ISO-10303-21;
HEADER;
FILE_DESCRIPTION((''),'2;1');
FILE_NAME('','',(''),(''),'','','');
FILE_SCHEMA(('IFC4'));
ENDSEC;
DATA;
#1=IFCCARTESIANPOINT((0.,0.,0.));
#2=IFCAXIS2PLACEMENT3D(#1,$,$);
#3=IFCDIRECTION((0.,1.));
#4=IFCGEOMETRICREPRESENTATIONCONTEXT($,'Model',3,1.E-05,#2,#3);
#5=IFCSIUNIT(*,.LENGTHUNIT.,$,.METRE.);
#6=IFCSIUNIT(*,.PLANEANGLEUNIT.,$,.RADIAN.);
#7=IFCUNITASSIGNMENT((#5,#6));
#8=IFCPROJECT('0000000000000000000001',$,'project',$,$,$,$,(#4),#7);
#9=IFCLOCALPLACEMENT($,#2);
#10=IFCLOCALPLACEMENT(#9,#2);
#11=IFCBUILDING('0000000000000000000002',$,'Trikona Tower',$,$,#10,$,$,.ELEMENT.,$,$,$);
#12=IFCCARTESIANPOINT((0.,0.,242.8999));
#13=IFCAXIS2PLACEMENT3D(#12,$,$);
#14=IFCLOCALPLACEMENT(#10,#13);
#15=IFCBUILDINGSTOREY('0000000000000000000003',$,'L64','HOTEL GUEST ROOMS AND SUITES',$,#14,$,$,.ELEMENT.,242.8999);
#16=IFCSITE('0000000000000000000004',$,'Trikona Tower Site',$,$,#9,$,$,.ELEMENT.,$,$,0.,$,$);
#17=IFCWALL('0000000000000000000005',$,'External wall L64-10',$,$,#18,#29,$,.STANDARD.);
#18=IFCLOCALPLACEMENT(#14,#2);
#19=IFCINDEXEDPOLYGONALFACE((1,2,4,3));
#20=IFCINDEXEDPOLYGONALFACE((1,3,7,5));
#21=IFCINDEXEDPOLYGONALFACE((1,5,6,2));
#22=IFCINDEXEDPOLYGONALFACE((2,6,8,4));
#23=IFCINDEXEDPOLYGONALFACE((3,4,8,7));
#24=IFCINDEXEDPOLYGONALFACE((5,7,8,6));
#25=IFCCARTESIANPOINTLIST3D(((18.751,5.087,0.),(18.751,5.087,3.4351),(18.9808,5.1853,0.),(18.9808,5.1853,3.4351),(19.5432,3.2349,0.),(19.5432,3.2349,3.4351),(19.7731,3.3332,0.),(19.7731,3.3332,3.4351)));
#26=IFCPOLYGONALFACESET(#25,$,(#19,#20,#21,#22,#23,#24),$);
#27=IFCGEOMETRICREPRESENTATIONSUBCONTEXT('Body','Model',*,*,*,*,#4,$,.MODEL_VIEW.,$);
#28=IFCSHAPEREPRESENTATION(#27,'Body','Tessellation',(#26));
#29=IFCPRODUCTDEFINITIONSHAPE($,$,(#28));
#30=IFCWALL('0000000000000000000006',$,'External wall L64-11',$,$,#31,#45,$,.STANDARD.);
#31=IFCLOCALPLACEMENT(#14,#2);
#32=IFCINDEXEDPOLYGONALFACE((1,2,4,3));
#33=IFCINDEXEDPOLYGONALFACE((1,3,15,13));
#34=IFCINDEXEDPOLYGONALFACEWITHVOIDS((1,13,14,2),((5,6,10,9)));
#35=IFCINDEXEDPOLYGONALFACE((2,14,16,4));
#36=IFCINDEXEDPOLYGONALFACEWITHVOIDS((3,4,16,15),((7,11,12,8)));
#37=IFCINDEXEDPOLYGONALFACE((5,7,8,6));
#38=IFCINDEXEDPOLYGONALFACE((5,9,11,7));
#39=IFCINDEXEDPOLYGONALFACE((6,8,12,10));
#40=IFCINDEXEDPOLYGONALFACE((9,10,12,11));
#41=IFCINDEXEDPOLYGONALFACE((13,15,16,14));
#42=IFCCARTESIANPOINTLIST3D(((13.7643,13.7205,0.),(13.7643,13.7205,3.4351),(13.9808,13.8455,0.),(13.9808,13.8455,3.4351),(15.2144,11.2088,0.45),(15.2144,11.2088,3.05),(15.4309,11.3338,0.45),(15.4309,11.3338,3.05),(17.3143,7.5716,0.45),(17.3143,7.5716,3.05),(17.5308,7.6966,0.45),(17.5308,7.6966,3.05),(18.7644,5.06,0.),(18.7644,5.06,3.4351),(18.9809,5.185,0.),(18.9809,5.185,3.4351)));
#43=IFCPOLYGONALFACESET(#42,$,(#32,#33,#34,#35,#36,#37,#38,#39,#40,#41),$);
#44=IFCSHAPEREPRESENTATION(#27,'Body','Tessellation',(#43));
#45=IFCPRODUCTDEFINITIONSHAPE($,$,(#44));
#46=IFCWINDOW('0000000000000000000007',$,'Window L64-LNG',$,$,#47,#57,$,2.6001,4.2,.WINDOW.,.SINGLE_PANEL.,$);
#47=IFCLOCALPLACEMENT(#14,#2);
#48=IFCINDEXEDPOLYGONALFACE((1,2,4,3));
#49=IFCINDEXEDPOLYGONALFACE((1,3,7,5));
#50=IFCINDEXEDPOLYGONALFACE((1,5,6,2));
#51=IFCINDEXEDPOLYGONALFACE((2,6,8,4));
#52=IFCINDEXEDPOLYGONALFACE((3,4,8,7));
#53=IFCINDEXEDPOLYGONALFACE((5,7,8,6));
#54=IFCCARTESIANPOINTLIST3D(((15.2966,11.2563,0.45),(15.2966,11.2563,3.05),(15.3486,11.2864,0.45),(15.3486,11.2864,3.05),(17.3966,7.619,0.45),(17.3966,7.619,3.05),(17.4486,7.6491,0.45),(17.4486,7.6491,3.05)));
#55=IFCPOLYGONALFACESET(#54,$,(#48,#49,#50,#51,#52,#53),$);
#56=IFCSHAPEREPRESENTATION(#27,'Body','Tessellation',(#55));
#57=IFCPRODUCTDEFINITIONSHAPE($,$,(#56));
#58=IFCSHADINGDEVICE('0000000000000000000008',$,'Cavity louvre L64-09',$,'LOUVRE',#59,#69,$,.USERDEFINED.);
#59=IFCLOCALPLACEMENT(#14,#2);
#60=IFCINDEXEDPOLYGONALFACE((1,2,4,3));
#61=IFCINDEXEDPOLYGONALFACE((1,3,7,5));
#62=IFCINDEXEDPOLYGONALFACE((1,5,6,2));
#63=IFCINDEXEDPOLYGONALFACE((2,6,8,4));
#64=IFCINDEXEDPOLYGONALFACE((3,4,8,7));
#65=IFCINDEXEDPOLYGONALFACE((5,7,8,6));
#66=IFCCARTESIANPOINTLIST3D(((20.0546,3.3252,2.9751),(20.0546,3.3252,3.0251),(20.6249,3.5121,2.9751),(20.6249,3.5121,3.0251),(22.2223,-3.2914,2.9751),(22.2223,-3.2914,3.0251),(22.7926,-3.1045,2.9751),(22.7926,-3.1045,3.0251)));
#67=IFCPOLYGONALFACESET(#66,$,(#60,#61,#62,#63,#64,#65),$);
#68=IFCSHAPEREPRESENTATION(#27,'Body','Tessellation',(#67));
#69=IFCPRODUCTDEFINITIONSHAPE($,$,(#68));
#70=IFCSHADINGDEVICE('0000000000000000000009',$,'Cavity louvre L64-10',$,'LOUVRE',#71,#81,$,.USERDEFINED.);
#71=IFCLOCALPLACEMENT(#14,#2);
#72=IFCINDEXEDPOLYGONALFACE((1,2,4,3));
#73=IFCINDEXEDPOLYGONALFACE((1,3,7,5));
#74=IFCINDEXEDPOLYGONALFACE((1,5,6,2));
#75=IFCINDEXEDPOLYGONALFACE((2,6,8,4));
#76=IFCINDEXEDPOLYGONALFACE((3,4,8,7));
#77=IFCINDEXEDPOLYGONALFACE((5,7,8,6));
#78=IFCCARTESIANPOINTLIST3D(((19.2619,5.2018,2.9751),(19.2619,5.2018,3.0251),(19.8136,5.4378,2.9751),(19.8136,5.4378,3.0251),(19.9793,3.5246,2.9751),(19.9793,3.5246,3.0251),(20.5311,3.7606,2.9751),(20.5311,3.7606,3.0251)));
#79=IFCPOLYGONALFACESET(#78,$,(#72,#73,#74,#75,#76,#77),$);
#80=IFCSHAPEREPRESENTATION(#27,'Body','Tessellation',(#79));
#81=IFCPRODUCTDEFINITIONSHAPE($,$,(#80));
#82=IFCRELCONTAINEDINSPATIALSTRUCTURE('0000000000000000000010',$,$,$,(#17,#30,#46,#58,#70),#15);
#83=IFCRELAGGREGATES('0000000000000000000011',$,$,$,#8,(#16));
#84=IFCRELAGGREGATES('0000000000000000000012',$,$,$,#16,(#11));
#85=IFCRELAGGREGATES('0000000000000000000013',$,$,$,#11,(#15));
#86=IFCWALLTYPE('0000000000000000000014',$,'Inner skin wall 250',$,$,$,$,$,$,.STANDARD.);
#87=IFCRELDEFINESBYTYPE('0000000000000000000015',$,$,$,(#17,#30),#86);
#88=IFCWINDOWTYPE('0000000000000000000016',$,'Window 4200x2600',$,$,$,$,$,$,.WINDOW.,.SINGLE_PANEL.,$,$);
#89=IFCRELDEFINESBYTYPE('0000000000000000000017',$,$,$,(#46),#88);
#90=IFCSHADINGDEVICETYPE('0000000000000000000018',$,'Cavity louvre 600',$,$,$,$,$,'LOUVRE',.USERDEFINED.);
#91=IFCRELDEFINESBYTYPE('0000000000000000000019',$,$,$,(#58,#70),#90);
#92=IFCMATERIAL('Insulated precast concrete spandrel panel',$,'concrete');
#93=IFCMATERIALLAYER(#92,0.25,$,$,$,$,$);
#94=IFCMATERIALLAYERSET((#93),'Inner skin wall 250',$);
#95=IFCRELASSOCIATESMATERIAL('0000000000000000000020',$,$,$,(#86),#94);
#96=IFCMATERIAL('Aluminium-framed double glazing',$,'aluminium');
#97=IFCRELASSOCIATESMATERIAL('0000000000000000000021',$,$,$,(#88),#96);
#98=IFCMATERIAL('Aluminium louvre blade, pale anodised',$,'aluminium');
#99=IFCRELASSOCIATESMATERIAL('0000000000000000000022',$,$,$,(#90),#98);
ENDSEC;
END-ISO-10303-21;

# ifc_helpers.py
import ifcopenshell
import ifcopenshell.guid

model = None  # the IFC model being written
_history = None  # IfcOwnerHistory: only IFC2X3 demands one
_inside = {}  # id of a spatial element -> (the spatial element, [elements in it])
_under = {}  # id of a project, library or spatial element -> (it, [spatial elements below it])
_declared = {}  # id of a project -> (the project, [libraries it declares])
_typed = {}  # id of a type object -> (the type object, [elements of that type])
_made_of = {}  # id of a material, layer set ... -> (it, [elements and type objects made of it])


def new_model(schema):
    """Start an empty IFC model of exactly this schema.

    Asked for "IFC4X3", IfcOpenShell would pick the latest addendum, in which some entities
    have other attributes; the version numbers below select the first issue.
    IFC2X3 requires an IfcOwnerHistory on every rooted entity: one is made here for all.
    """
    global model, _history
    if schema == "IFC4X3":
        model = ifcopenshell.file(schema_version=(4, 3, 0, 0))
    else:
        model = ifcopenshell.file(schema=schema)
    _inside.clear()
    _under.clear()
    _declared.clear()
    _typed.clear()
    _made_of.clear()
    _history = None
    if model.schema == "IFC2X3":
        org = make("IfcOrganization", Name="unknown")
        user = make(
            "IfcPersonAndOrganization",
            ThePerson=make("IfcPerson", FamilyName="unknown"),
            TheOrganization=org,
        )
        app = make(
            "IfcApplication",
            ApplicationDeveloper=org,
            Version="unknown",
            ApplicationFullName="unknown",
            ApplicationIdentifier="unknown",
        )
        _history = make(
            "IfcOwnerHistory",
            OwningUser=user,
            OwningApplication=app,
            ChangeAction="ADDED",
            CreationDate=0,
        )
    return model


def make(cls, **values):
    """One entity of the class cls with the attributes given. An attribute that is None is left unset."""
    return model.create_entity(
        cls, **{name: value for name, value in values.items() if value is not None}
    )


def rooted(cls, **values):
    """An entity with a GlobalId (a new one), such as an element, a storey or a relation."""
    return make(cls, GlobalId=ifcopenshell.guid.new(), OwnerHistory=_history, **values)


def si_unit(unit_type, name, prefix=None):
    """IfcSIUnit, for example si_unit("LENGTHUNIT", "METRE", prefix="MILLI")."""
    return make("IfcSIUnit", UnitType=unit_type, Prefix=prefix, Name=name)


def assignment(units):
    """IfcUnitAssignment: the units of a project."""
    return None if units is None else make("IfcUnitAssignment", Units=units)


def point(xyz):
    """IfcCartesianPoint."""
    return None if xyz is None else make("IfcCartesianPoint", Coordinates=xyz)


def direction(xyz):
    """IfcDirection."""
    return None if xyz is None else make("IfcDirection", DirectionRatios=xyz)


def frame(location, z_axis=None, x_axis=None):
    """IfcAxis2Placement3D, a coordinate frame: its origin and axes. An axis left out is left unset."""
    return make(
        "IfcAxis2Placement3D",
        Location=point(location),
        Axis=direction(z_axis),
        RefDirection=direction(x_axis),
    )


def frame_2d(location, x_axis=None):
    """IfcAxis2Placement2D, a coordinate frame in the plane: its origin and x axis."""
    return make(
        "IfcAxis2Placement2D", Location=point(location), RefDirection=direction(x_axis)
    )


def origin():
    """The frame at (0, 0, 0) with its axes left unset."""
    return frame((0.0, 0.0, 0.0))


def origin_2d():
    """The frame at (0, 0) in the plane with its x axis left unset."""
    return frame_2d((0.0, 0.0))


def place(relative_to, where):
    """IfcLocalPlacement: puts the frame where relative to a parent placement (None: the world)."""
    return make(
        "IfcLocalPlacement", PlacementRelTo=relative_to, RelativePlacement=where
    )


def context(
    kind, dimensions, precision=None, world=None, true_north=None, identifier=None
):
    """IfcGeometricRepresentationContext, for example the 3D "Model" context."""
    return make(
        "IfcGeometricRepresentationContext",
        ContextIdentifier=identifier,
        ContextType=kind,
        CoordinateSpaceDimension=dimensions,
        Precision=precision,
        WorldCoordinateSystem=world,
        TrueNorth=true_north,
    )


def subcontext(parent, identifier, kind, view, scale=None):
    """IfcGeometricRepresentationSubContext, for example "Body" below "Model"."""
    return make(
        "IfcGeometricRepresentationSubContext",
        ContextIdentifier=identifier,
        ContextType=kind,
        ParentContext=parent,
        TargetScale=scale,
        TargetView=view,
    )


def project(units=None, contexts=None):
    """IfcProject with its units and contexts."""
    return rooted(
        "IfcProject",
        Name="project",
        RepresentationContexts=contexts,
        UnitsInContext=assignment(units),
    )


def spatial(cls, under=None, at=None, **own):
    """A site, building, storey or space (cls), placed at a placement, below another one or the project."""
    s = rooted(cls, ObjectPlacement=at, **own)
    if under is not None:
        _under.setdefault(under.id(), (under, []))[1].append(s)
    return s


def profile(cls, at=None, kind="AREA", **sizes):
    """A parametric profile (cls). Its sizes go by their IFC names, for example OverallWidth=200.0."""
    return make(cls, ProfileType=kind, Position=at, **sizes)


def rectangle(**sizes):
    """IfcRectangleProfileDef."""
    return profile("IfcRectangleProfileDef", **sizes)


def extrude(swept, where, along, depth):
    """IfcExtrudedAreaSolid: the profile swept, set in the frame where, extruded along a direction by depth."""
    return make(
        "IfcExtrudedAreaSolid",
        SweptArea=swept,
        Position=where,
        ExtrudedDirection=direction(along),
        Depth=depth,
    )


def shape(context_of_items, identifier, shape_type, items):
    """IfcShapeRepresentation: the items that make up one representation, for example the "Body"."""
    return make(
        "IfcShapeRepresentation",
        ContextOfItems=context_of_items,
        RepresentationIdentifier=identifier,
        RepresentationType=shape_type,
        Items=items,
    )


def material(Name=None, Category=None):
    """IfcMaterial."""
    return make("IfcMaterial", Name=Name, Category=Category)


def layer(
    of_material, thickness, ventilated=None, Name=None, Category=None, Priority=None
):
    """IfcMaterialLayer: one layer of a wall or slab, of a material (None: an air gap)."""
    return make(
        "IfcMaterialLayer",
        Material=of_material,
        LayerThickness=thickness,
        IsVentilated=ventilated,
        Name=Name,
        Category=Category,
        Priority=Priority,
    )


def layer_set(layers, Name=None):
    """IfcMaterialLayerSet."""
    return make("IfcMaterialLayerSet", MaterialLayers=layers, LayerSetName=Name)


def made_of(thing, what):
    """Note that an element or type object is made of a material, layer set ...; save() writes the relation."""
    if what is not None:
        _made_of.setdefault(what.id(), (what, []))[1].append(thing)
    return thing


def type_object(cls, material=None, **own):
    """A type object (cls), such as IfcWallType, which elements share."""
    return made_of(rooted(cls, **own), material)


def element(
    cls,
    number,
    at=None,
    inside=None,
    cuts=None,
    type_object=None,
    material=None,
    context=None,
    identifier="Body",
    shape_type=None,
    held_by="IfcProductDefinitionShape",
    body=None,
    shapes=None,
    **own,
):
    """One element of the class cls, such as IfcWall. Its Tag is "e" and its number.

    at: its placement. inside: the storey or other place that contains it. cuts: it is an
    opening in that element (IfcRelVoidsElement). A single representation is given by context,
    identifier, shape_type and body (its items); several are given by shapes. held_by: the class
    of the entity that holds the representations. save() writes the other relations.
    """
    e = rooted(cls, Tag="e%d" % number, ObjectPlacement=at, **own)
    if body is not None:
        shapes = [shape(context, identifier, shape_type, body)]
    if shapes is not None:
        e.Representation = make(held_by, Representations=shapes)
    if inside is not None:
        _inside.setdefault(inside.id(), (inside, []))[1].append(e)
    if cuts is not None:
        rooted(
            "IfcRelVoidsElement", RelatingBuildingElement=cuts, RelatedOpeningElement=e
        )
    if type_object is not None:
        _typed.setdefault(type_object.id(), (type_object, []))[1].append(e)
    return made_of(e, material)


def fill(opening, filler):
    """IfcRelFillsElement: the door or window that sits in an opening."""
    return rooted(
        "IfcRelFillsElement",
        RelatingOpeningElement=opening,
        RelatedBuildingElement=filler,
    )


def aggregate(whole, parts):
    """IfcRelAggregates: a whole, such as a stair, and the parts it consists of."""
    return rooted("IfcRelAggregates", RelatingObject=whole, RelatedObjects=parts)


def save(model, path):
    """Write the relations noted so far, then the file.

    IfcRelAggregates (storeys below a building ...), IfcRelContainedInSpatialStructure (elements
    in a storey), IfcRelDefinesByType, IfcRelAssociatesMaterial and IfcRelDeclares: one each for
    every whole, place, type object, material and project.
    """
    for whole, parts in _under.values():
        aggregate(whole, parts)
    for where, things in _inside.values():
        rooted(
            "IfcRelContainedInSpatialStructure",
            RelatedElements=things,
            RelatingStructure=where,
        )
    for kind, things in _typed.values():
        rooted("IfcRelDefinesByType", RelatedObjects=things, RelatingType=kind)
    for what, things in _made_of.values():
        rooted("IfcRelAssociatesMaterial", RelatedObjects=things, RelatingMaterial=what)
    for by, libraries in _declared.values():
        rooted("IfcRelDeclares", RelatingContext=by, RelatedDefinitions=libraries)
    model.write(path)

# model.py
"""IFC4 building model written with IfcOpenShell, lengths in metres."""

from ifc_helpers import new_model, si_unit, direction, frame, frame_2d, origin, origin_2d, place, context, subcontext, project, spatial, rectangle, extrude, material, layer, layer_set, type_object, element, fill, save


model = new_model("IFC4")

# Units and contexts
model_context = context("Model", 3, precision=1e-05, world=origin(), true_north=direction((0.0, 1.0)))
body_context = subcontext(model_context, "Body", "Model", "MODEL_VIEW")
ifc_project = project(units=[si_unit("LENGTHUNIT", "METRE"), si_unit("PLANEANGLEUNIT", "RADIAN")], contexts=[model_context])

# Site, building, storey
site_placement = place(None, origin())
site = spatial("IfcSite", under=ifc_project, at=site_placement, Name="Trikona Tower Site", CompositionType="ELEMENT", RefElevation=0.0)
building_placement = place(site_placement, origin())
building = spatial("IfcBuilding", under=site, at=building_placement, Name="Trikona Tower", CompositionType="ELEMENT")
storey_placement = place(building_placement, frame((0.0, 0.0, 242.8999)))
storey = spatial("IfcBuildingStorey", under=building, at=storey_placement, Name="L64", Description="HOTEL GUEST ROOMS AND SUITES", CompositionType="ELEMENT", Elevation=242.8999)

# Wall
ifc_material_1 = material(Name="Insulated precast concrete spandrel panel", Category="concrete")
ifc_layer_1 = layer(ifc_material_1, 0.25)
ifc_layer_set_1 = layer_set([ifc_layer_1], Name="Inner skin wall 250")
wall_type = type_object("IfcWallType", Name="Inner skin wall 250", PredefinedType="STANDARD", material=ifc_layer_set_1)
wall_1_placement = place(storey_placement, frame((19.6582, 3.2839, 0.0), z_axis=(0.0, 0.0, 1.0), x_axis=(-0.39329, 0.919414, 0.0)))
element("IfcWall", 1, at=wall_1_placement, inside=storey, type_object=wall_type, Name="External wall L64-10", PredefinedType="STANDARD", context=body_context, shape_type="SweptSolid", body=[
    extrude(rectangle(XDim=2.0144, YDim=0.25, at=frame_2d((1.0073, 0.0))), origin(), (0.0, 0.0, 1.0), 3.4351),
])

# Wall, opening, window
wall_2_placement = place(storey_placement, frame((18.8726, 5.1226, 0.0), z_axis=(0.0, 0.0, 1.0), x_axis=(-0.499994, 0.866029, 0.0)))
wall_2 = element("IfcWall", 2, at=wall_2_placement, inside=storey, type_object=wall_type, Name="External wall L64-11", PredefinedType="STANDARD", context=body_context, shape_type="SweptSolid", body=[
    extrude(rectangle(XDim=10.0002, YDim=0.25, at=frame_2d((5.0, 0.0))), origin(), (0.0, 0.0, 1.0), 3.4351),
])
opening_placement = place(wall_2_placement, frame((2.8999, 0.0, 0.45)))
opening = element("IfcOpeningElement", 3, at=opening_placement, cuts=wall_2, PredefinedType="OPENING", context=body_context, shape_type="SweptSolid", body=[
    extrude(rectangle(XDim=4.2, YDim=2.6001, at=frame_2d((2.1001, 1.3))), frame((0.0, 0.135, 0.0), z_axis=(0.0, -1.0, 0.0), x_axis=(1.0, 0.0, 0.0)), (0.0, 0.0, 1.0), 0.27),
])
ifc_material_2 = material(Name="Aluminium-framed double glazing", Category="aluminium")
window_type = type_object("IfcWindowType", Name="Window 4200x2600", PartitioningType="SINGLE_PANEL", PredefinedType="WINDOW", material=ifc_material_2)
window_placement = place(opening_placement, origin())
window = element("IfcWindow", 4, at=window_placement, inside=storey, type_object=window_type, Name="Window L64-LNG", OverallHeight=2.6001, OverallWidth=4.2, PartitioningType="SINGLE_PANEL", PredefinedType="WINDOW", context=body_context, shape_type="SweptSolid", body=[
    extrude(rectangle(XDim=4.2, YDim=2.6001, at=frame_2d((2.1001, 1.3))), frame((0.0, 0.03, 0.0), z_axis=(0.0, -1.0, 0.0), x_axis=(1.0, 0.0, 0.0)), (0.0, 0.0, 1.0), 0.0601),
])
fill(opening, window)

# Shading devices
ifc_material_3 = material(Name="Aluminium louvre blade, pale anodised", Category="aluminium")
shading_device_type = type_object("IfcShadingDeviceType", Name="Cavity louvre 600", ElementType="LOUVRE", PredefinedType="USERDEFINED", material=ifc_material_3)
shading_device_1_placement = place(storey_placement, frame((21.4236, 0.1104, 2.9751), z_axis=(0.0, 0.0, 1.0), x_axis=(-0.311337, 0.9503, 0.0)))
element("IfcShadingDevice", 5, at=shading_device_1_placement, inside=storey, type_object=shading_device_type, Name="Cavity louvre L64-09", ObjectType="LOUVRE", PredefinedType="USERDEFINED", context=body_context, shape_type="SweptSolid", body=[
    extrude(rectangle(XDim=6.9626, YDim=0.6001, at=origin_2d()), origin(), (0.0, 0.0, 1.0), 0.05),
])
shading_device_2_placement = place(storey_placement, frame((19.8965, 4.4812, 2.9751), z_axis=(0.0, 0.0, 1.0), x_axis=(-0.393284, 0.919417, 0.0)))
element("IfcShadingDevice", 6, at=shading_device_2_placement, inside=storey, type_object=shading_device_type, Name="Cavity louvre L64-10", ObjectType="LOUVRE", PredefinedType="USERDEFINED", context=body_context, shape_type="SweptSolid", body=[
    extrude(rectangle(XDim=1.8242, YDim=0.6001, at=origin_2d()), origin(), (0.0, 0.0, 1.0), 0.05),
])

save(model, "model.ifc")
